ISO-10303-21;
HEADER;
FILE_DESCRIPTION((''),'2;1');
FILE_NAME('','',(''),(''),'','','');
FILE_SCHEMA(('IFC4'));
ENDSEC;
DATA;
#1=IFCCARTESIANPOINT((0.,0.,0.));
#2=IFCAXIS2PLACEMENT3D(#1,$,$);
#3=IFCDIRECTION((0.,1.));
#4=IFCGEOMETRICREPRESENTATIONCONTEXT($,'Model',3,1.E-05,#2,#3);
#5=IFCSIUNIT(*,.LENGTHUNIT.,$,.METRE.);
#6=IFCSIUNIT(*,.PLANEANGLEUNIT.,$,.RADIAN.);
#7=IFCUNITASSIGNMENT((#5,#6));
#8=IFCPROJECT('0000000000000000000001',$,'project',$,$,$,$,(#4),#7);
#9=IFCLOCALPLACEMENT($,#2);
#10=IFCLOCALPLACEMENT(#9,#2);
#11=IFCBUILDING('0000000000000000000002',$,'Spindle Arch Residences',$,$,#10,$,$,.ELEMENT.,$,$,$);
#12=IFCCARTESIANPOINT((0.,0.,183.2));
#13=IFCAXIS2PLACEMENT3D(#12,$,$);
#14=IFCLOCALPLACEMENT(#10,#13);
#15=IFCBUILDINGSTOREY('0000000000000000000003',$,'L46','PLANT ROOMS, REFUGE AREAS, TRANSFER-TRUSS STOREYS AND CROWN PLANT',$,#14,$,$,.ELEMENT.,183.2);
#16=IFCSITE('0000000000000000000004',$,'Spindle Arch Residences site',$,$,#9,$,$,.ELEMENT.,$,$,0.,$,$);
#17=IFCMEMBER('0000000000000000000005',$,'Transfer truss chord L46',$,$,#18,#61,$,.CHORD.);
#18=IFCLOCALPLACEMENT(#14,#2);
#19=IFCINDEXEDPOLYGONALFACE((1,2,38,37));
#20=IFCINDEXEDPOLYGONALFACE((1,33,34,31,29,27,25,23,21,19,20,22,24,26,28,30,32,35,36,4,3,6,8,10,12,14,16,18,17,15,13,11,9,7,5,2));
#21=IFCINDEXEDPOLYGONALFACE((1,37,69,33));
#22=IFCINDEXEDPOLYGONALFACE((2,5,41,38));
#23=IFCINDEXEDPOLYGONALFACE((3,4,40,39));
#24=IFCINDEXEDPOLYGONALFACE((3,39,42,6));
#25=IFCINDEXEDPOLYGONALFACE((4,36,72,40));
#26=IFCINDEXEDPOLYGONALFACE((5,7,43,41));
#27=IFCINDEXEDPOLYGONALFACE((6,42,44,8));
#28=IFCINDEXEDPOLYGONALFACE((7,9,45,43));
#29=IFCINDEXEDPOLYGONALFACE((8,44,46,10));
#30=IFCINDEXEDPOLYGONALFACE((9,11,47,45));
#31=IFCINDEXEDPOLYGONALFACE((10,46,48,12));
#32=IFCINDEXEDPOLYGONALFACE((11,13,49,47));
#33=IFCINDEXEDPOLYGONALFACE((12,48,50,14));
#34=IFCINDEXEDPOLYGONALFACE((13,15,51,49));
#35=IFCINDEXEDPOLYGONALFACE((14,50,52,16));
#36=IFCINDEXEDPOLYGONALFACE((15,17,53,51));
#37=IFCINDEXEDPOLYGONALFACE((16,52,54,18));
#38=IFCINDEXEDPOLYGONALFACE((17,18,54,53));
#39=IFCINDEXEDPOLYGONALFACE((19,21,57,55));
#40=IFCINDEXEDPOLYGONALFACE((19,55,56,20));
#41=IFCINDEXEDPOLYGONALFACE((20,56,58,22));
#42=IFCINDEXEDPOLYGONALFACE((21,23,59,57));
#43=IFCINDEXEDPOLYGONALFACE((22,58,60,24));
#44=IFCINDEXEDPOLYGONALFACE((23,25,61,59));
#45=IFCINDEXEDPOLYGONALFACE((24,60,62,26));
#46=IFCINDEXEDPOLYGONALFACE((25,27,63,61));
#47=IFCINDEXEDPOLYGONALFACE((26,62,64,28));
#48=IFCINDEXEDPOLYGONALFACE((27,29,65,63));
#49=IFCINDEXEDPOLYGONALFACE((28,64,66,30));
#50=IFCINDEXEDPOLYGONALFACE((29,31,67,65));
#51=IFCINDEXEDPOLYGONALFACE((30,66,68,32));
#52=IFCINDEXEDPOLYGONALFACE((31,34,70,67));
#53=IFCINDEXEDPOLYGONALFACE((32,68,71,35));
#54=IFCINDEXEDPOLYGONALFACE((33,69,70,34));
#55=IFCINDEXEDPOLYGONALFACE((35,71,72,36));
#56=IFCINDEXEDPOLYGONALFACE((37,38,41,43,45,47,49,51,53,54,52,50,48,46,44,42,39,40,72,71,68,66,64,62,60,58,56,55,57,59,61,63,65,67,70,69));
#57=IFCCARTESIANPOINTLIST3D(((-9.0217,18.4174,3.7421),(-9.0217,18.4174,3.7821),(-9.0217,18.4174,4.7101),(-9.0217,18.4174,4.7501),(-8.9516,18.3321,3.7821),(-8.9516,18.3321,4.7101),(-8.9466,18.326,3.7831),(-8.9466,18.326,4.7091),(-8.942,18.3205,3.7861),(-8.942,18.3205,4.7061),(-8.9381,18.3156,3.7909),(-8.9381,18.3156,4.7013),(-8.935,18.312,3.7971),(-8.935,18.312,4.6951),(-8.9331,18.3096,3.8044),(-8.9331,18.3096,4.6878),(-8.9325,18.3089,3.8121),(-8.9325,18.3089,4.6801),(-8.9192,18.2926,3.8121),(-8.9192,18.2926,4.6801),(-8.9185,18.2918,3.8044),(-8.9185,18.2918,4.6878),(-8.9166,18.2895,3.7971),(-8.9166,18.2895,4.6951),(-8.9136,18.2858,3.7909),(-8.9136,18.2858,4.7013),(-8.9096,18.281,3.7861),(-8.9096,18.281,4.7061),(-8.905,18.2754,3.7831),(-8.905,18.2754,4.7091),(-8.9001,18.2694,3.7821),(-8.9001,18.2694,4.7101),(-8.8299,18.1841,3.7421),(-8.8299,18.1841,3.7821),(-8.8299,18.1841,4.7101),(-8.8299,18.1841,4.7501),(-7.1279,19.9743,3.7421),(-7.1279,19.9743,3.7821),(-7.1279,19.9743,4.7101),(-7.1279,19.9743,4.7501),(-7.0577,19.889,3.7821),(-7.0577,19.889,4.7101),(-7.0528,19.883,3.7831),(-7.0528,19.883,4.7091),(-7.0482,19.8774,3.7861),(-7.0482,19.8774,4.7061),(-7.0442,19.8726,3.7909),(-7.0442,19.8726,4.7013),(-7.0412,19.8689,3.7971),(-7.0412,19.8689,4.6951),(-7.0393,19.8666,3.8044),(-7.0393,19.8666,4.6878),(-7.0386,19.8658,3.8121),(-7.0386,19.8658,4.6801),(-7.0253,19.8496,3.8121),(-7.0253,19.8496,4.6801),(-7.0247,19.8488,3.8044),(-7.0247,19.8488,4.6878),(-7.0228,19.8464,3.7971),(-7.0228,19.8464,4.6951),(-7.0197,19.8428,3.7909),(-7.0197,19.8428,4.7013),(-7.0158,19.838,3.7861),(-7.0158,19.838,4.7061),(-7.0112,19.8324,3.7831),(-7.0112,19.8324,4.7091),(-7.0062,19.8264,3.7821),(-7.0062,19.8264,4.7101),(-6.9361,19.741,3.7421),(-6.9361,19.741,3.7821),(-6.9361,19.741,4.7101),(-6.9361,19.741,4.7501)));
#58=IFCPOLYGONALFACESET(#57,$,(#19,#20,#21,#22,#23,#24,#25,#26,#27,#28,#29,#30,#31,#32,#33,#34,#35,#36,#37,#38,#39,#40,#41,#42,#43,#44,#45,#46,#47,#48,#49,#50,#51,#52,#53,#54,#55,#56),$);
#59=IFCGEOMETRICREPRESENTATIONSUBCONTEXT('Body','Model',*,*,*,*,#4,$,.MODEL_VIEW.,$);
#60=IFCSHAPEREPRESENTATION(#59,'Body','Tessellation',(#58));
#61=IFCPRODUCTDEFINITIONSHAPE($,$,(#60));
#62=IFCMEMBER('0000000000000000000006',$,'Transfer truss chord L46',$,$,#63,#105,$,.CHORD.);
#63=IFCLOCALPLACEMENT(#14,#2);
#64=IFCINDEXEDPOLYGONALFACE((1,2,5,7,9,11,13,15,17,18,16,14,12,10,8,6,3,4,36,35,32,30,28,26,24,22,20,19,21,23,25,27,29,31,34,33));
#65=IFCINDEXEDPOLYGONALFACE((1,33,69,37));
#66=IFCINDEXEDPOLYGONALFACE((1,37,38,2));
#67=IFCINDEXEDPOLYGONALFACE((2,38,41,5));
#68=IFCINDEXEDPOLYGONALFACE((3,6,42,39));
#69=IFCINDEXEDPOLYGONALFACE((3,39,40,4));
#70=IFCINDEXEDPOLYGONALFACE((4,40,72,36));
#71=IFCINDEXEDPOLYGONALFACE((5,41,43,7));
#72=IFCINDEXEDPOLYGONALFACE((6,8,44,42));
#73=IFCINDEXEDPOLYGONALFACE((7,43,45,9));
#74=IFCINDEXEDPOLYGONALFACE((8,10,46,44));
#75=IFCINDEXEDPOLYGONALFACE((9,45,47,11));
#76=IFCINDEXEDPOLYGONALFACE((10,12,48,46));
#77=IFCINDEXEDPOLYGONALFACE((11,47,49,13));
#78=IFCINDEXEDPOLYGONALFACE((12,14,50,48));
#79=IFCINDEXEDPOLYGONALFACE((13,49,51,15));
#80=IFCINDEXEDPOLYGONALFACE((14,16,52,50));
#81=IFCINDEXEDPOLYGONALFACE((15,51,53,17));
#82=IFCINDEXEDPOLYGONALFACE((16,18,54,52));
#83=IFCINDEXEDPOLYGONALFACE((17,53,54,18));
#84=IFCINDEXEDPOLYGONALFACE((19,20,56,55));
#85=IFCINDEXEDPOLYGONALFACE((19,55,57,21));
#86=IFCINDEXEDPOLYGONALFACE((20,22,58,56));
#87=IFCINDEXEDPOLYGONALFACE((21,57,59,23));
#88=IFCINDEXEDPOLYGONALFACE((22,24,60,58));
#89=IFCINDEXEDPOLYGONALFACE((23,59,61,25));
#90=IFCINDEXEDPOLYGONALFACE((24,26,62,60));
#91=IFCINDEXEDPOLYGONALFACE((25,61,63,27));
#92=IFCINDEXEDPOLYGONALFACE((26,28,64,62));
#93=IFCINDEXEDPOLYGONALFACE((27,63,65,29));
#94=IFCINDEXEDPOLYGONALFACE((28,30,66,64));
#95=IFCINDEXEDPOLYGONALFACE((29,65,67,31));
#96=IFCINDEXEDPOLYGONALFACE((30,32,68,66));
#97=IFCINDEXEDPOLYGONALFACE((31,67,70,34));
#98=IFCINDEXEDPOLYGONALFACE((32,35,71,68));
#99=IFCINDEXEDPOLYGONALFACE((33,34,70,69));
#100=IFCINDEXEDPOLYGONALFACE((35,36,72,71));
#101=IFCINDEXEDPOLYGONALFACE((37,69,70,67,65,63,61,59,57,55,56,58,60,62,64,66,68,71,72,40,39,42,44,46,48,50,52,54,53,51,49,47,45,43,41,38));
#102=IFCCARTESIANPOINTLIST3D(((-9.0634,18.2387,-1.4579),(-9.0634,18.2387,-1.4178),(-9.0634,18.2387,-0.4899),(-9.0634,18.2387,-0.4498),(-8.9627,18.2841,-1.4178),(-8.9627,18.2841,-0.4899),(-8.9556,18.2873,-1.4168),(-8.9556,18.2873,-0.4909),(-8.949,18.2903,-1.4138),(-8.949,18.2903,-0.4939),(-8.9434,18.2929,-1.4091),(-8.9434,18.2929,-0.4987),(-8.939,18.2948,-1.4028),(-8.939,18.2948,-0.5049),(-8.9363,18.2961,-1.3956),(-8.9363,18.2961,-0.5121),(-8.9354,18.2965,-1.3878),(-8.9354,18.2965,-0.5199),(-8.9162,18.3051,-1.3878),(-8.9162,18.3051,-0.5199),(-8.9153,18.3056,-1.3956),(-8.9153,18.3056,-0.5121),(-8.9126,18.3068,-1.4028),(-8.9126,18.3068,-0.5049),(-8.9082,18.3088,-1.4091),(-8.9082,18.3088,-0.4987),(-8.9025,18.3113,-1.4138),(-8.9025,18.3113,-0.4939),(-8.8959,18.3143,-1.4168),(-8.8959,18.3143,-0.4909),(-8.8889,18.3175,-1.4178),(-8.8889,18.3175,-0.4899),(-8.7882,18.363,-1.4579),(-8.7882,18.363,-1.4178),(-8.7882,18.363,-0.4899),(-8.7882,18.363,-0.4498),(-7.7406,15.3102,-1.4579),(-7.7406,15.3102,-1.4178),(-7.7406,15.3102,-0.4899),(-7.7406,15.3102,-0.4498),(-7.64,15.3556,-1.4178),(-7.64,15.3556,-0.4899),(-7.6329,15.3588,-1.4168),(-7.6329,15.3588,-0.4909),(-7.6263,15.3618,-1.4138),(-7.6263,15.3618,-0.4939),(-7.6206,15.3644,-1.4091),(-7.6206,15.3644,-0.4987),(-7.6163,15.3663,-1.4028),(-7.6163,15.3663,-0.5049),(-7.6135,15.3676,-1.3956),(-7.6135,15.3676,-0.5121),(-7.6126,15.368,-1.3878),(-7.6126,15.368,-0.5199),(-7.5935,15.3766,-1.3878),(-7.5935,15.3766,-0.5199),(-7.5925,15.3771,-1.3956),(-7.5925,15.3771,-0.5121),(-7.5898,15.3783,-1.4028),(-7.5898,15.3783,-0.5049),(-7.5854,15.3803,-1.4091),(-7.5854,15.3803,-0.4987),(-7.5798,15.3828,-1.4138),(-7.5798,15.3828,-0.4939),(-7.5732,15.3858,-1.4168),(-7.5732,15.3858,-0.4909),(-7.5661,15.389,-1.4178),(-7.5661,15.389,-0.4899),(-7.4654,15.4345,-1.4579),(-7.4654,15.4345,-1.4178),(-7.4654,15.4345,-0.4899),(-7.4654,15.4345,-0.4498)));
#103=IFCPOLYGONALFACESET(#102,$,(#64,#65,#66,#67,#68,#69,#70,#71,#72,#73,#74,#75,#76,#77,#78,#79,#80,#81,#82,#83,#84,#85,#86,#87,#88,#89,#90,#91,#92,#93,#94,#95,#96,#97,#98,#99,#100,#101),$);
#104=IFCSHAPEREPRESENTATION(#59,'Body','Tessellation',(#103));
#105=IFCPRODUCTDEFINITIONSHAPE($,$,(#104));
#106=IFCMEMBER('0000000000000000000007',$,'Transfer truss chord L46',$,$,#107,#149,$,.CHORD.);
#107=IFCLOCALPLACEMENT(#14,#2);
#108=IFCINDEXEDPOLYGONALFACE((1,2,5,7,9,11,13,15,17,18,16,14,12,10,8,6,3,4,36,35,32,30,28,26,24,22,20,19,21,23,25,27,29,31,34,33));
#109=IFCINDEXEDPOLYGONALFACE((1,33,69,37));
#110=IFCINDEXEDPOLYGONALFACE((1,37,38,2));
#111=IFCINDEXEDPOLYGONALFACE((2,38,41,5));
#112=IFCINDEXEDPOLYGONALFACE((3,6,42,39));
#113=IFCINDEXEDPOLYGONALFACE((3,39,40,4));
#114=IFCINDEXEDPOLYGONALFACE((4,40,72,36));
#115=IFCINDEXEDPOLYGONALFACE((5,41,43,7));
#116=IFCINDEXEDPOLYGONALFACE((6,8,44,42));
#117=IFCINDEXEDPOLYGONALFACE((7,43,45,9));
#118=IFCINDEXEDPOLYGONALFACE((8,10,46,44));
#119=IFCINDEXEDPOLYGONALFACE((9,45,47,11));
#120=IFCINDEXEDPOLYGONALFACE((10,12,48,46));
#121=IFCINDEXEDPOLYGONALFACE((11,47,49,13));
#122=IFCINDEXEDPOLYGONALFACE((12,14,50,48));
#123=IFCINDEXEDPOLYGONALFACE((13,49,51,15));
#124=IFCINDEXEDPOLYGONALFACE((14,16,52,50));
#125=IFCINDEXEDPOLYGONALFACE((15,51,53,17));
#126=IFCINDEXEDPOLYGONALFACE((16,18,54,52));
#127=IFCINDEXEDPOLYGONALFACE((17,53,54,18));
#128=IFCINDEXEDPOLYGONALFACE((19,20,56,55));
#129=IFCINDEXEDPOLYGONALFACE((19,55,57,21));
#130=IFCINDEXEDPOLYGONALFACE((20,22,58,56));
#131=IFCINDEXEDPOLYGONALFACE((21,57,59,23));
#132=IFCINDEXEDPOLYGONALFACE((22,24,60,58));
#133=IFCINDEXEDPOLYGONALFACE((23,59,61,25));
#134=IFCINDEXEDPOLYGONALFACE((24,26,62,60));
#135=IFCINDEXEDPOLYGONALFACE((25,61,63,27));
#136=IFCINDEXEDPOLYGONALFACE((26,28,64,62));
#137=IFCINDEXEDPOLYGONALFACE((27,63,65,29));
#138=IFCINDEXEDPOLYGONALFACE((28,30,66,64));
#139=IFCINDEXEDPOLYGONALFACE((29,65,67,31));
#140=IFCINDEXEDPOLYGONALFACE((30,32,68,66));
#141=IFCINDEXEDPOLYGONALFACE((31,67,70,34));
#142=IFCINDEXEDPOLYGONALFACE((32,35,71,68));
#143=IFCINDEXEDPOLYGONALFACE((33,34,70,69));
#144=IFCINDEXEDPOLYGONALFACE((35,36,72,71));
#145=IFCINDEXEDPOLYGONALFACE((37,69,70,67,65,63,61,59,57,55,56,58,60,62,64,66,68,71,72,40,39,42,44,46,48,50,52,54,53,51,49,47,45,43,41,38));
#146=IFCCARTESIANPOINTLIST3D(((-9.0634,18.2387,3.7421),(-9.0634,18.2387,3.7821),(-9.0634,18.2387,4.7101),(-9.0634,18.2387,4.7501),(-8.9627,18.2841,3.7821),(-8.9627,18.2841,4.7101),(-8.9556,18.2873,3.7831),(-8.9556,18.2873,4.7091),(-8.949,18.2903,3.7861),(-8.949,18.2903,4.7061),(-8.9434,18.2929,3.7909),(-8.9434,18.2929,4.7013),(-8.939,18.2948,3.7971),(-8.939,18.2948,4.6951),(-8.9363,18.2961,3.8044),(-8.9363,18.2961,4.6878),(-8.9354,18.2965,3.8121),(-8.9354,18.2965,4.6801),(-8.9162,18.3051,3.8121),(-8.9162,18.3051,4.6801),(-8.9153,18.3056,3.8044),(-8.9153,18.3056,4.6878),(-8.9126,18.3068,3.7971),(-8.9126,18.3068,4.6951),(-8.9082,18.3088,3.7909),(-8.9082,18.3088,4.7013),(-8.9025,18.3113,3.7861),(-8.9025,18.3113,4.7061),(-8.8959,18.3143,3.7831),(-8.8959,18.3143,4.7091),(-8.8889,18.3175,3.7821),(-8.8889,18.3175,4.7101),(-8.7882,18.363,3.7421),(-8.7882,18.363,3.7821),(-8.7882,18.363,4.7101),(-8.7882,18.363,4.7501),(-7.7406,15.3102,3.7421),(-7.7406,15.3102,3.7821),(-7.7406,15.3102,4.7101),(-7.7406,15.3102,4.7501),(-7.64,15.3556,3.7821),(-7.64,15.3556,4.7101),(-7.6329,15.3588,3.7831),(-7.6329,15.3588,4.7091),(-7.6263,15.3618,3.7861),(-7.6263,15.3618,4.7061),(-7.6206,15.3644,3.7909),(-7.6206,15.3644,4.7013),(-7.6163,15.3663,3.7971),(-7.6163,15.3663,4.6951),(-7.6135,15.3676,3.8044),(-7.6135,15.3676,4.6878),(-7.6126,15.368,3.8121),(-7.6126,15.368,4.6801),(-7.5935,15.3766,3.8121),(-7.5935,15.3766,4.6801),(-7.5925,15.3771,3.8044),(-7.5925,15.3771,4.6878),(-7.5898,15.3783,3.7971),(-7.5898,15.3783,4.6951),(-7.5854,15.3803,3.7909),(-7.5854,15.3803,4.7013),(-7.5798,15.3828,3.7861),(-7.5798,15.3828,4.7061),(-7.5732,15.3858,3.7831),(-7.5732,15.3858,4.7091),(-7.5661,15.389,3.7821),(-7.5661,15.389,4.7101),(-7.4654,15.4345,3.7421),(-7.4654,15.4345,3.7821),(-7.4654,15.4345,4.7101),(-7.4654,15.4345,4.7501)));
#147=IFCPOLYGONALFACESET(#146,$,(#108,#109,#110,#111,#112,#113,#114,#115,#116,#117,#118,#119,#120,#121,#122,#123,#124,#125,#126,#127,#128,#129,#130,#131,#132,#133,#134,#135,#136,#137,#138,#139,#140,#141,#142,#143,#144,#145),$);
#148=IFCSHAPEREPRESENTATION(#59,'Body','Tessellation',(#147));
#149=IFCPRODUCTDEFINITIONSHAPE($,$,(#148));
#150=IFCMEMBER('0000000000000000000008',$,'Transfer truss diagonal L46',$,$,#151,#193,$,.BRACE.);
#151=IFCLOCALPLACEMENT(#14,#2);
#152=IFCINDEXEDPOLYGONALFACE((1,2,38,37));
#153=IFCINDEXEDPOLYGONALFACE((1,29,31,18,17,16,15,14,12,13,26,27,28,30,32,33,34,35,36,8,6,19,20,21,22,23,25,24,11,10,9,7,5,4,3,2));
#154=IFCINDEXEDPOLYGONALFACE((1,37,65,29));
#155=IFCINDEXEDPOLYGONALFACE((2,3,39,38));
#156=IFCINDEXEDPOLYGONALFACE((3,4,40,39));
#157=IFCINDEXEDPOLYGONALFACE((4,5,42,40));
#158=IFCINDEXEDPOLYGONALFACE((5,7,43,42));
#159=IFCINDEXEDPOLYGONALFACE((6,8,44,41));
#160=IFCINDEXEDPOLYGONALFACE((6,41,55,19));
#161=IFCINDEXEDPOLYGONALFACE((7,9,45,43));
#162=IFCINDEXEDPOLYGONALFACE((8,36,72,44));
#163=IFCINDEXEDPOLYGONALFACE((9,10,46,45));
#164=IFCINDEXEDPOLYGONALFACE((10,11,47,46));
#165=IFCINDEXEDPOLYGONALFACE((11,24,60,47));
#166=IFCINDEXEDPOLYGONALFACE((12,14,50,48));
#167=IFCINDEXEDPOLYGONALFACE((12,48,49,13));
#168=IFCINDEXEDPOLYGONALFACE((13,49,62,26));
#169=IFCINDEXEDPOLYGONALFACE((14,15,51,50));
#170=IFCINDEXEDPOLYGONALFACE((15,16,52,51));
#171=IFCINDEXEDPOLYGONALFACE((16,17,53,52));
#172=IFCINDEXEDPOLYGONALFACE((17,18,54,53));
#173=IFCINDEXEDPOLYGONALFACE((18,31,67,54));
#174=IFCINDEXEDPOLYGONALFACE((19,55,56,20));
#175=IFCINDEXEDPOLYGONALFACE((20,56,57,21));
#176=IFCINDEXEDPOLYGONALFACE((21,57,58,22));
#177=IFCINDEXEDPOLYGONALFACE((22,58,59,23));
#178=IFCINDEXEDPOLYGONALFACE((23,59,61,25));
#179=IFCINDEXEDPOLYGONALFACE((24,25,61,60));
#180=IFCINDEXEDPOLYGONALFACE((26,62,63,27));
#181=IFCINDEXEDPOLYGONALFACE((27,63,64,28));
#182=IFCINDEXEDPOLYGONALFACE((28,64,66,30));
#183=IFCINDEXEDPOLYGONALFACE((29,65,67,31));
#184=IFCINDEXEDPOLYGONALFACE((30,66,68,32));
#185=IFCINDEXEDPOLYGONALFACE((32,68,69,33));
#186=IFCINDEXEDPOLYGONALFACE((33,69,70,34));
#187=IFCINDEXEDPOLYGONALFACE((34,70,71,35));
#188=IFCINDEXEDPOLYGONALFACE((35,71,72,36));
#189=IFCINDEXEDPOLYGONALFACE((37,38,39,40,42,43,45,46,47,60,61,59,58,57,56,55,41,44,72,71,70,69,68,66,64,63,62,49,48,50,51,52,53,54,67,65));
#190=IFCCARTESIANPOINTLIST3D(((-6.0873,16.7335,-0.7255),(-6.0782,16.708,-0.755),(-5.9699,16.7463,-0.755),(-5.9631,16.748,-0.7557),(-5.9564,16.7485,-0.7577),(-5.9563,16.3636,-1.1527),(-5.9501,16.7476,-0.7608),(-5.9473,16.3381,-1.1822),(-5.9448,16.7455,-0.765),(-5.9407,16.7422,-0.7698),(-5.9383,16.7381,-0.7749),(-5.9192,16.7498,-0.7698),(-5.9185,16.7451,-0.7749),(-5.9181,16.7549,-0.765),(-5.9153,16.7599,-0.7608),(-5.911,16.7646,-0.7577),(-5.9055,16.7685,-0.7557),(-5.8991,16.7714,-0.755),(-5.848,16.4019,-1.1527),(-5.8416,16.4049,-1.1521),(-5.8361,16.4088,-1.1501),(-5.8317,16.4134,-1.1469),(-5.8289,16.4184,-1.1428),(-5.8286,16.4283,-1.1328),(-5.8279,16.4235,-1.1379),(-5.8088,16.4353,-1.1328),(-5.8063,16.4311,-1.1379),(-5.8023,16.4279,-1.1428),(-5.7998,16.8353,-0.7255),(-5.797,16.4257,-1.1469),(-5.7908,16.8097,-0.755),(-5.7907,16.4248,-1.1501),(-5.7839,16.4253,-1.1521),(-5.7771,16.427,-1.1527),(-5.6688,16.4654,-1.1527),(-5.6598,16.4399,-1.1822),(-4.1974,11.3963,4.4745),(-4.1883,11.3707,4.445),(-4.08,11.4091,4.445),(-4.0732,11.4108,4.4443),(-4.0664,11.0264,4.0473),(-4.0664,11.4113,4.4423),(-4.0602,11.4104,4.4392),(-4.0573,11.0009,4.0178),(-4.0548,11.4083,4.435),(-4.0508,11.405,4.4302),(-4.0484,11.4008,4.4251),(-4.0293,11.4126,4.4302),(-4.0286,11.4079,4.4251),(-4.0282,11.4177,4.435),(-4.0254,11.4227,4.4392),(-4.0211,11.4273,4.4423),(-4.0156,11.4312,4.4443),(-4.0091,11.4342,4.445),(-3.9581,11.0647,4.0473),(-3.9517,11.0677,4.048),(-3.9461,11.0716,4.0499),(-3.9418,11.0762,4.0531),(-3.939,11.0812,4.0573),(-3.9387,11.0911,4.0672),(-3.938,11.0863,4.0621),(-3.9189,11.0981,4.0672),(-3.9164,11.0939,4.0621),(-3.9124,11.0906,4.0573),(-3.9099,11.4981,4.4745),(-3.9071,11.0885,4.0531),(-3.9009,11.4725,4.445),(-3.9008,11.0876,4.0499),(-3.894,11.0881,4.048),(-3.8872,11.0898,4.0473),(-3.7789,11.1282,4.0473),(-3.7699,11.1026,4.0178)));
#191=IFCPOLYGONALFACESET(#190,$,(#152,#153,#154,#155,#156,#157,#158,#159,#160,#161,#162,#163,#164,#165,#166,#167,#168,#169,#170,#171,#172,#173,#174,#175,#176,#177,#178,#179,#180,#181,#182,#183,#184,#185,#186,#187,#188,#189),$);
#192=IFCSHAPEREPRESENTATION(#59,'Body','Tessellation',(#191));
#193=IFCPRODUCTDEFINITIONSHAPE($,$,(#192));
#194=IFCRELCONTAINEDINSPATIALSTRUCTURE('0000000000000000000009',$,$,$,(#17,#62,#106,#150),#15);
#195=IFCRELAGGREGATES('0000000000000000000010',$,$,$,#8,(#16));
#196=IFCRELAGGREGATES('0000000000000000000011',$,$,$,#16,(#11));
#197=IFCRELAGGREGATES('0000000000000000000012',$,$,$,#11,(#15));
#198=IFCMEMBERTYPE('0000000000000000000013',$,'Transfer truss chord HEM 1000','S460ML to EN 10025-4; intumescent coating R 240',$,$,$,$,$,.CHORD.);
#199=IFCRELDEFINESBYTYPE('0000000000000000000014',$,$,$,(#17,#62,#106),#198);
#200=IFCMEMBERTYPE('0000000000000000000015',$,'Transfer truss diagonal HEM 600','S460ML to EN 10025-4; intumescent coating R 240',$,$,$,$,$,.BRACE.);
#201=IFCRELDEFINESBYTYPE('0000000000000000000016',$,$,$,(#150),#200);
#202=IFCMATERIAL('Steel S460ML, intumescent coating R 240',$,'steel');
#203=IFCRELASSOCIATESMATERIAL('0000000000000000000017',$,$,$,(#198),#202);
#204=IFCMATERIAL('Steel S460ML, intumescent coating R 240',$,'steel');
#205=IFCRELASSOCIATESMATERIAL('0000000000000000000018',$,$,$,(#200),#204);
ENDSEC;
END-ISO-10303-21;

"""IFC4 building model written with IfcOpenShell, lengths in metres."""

from ifc_helpers import new_model, si_unit, direction, frame, origin, origin_2d, place, context, subcontext, project, spatial, i_section, extrude, material, material_profile, profile_set, type_object, element, save


model = new_model("IFC4")

# Units and contexts
model_context = context("Model", 3, precision=1e-05, world=origin(), true_north=direction((0.0, 1.0)))
body_context = subcontext(model_context, "Body", "Model", "MODEL_VIEW")
ifc_project = project(units=[si_unit("LENGTHUNIT", "METRE"), si_unit("PLANEANGLEUNIT", "RADIAN")], contexts=[model_context])

# Site, building, storey
site_placement = place(None, origin())
site = spatial("IfcSite", under=ifc_project, at=site_placement, Name="Spindle Arch Residences site", CompositionType="ELEMENT", RefElevation=0.0)
building_placement = place(site_placement, origin())
building = spatial("IfcBuilding", under=site, at=building_placement, Name="Spindle Arch Residences", CompositionType="ELEMENT")
storey_placement = place(building_placement, frame((0.0, 0.0, 183.2)))
storey = spatial("IfcBuildingStorey", under=building, at=storey_placement, Name="L46", Description="PLANT ROOMS, REFUGE AREAS, TRANSFER-TRUSS STOREYS AND CROWN PLANT", CompositionType="ELEMENT", Elevation=183.2)

# Members
ifc_material_1 = material(Name="Steel S460ML, intumescent coating R 240", Category="steel")
ifc_material_profile_1 = material_profile(ifc_material_1, i_section(OverallWidth=0.302, OverallDepth=1.0081, WebThickness=0.021, FlangeThickness=0.04, FilletRadius=0.03, at=origin_2d()), Name="HEM 1000")
ifc_profile_set_1 = profile_set([ifc_material_profile_1], Name="Steel S460ML, intumescent coating R 240")
member_type_1 = type_object("IfcMemberType", Name="Transfer truss chord HEM 1000", Description="S460ML to EN 10025-4; intumescent coating R 240", PredefinedType="CHORD", material=ifc_profile_set_1)
for number, where, z_axis, x_axis, name in (
    (1, (-7.032, 19.8577, 4.2461), (-0.772473, -0.635047, 0.0), (0.635047, -0.772473, 0.0), "Transfer truss chord L46"),
):
    element("IfcMember", number, at=place(storey_placement, frame(where, z_axis=z_axis, x_axis=x_axis)), inside=storey, type_object=member_type_1, Name=name, PredefinedType="CHORD", context=body_context, shape_type="SweptSolid", body=[
        extrude(i_section(OverallWidth=0.302, OverallDepth=1.0081, WebThickness=0.021, FlangeThickness=0.04, FilletRadius=0.03, at=origin_2d()), origin(), (0.0, 0.0, 1.0), 2.4517),
    ])
for number, where, z_axis, x_axis, name in (
    (2, (-7.603, 15.3723, -0.9539), (-0.411644, 0.911345, 0.0), (-0.911345, -0.411644, 0.0), "Transfer truss chord L46"),
    (3, (-7.603, 15.3723, 4.2461), (-0.411644, 0.911345, 0.0), (-0.911345, -0.411644, 0.0), "Transfer truss chord L46"),
):
    element("IfcMember", number, at=place(storey_placement, frame(where, z_axis=z_axis, x_axis=x_axis)), inside=storey, type_object=member_type_1, Name=name, PredefinedType="CHORD", context=body_context, shape_type="SweptSolid", body=[
        extrude(i_section(OverallWidth=0.302, OverallDepth=1.0081, WebThickness=0.021, FlangeThickness=0.04, FilletRadius=0.03, at=origin_2d()), origin(), (0.0, 0.0, 1.0), 3.2134),
    ])
ifc_material_2 = material(Name="Steel S460ML, intumescent coating R 240", Category="steel")
ifc_material_profile_2 = material_profile(ifc_material_2, i_section(OverallWidth=0.3049, OverallDepth=0.6201, WebThickness=0.021, FlangeThickness=0.04, FilletRadius=0.0271, at=origin_2d()), Name="HEM 600")
ifc_profile_set_2 = profile_set([ifc_material_profile_2], Name="Steel S460ML, intumescent coating R 240")
member_type_2 = type_object("IfcMemberType", Name="Transfer truss diagonal HEM 600", Description="S460ML to EN 10025-4; intumescent coating R 240", PredefinedType="BRACE", material=ifc_profile_set_2)
member_1_placement = place(storey_placement, frame((-5.8735, 16.5867, -0.9539), z_axis=(0.245842, -0.694272, 0.676423), x_axis=(0.942647, 0.333792, 0.0)))
element("IfcMember", 4, at=member_1_placement, inside=storey, type_object=member_type_2, Name="Transfer truss diagonal L46", PredefinedType="BRACE", context=body_context, shape_type="SweptSolid", body=[
    extrude(i_section(OverallWidth=0.3049, OverallDepth=0.6201, WebThickness=0.021, FlangeThickness=0.04, FilletRadius=0.0271, at=origin_2d()), origin(), (0.0, 0.0, 1.0), 7.6875),
])

save(model, "model.ifc")
